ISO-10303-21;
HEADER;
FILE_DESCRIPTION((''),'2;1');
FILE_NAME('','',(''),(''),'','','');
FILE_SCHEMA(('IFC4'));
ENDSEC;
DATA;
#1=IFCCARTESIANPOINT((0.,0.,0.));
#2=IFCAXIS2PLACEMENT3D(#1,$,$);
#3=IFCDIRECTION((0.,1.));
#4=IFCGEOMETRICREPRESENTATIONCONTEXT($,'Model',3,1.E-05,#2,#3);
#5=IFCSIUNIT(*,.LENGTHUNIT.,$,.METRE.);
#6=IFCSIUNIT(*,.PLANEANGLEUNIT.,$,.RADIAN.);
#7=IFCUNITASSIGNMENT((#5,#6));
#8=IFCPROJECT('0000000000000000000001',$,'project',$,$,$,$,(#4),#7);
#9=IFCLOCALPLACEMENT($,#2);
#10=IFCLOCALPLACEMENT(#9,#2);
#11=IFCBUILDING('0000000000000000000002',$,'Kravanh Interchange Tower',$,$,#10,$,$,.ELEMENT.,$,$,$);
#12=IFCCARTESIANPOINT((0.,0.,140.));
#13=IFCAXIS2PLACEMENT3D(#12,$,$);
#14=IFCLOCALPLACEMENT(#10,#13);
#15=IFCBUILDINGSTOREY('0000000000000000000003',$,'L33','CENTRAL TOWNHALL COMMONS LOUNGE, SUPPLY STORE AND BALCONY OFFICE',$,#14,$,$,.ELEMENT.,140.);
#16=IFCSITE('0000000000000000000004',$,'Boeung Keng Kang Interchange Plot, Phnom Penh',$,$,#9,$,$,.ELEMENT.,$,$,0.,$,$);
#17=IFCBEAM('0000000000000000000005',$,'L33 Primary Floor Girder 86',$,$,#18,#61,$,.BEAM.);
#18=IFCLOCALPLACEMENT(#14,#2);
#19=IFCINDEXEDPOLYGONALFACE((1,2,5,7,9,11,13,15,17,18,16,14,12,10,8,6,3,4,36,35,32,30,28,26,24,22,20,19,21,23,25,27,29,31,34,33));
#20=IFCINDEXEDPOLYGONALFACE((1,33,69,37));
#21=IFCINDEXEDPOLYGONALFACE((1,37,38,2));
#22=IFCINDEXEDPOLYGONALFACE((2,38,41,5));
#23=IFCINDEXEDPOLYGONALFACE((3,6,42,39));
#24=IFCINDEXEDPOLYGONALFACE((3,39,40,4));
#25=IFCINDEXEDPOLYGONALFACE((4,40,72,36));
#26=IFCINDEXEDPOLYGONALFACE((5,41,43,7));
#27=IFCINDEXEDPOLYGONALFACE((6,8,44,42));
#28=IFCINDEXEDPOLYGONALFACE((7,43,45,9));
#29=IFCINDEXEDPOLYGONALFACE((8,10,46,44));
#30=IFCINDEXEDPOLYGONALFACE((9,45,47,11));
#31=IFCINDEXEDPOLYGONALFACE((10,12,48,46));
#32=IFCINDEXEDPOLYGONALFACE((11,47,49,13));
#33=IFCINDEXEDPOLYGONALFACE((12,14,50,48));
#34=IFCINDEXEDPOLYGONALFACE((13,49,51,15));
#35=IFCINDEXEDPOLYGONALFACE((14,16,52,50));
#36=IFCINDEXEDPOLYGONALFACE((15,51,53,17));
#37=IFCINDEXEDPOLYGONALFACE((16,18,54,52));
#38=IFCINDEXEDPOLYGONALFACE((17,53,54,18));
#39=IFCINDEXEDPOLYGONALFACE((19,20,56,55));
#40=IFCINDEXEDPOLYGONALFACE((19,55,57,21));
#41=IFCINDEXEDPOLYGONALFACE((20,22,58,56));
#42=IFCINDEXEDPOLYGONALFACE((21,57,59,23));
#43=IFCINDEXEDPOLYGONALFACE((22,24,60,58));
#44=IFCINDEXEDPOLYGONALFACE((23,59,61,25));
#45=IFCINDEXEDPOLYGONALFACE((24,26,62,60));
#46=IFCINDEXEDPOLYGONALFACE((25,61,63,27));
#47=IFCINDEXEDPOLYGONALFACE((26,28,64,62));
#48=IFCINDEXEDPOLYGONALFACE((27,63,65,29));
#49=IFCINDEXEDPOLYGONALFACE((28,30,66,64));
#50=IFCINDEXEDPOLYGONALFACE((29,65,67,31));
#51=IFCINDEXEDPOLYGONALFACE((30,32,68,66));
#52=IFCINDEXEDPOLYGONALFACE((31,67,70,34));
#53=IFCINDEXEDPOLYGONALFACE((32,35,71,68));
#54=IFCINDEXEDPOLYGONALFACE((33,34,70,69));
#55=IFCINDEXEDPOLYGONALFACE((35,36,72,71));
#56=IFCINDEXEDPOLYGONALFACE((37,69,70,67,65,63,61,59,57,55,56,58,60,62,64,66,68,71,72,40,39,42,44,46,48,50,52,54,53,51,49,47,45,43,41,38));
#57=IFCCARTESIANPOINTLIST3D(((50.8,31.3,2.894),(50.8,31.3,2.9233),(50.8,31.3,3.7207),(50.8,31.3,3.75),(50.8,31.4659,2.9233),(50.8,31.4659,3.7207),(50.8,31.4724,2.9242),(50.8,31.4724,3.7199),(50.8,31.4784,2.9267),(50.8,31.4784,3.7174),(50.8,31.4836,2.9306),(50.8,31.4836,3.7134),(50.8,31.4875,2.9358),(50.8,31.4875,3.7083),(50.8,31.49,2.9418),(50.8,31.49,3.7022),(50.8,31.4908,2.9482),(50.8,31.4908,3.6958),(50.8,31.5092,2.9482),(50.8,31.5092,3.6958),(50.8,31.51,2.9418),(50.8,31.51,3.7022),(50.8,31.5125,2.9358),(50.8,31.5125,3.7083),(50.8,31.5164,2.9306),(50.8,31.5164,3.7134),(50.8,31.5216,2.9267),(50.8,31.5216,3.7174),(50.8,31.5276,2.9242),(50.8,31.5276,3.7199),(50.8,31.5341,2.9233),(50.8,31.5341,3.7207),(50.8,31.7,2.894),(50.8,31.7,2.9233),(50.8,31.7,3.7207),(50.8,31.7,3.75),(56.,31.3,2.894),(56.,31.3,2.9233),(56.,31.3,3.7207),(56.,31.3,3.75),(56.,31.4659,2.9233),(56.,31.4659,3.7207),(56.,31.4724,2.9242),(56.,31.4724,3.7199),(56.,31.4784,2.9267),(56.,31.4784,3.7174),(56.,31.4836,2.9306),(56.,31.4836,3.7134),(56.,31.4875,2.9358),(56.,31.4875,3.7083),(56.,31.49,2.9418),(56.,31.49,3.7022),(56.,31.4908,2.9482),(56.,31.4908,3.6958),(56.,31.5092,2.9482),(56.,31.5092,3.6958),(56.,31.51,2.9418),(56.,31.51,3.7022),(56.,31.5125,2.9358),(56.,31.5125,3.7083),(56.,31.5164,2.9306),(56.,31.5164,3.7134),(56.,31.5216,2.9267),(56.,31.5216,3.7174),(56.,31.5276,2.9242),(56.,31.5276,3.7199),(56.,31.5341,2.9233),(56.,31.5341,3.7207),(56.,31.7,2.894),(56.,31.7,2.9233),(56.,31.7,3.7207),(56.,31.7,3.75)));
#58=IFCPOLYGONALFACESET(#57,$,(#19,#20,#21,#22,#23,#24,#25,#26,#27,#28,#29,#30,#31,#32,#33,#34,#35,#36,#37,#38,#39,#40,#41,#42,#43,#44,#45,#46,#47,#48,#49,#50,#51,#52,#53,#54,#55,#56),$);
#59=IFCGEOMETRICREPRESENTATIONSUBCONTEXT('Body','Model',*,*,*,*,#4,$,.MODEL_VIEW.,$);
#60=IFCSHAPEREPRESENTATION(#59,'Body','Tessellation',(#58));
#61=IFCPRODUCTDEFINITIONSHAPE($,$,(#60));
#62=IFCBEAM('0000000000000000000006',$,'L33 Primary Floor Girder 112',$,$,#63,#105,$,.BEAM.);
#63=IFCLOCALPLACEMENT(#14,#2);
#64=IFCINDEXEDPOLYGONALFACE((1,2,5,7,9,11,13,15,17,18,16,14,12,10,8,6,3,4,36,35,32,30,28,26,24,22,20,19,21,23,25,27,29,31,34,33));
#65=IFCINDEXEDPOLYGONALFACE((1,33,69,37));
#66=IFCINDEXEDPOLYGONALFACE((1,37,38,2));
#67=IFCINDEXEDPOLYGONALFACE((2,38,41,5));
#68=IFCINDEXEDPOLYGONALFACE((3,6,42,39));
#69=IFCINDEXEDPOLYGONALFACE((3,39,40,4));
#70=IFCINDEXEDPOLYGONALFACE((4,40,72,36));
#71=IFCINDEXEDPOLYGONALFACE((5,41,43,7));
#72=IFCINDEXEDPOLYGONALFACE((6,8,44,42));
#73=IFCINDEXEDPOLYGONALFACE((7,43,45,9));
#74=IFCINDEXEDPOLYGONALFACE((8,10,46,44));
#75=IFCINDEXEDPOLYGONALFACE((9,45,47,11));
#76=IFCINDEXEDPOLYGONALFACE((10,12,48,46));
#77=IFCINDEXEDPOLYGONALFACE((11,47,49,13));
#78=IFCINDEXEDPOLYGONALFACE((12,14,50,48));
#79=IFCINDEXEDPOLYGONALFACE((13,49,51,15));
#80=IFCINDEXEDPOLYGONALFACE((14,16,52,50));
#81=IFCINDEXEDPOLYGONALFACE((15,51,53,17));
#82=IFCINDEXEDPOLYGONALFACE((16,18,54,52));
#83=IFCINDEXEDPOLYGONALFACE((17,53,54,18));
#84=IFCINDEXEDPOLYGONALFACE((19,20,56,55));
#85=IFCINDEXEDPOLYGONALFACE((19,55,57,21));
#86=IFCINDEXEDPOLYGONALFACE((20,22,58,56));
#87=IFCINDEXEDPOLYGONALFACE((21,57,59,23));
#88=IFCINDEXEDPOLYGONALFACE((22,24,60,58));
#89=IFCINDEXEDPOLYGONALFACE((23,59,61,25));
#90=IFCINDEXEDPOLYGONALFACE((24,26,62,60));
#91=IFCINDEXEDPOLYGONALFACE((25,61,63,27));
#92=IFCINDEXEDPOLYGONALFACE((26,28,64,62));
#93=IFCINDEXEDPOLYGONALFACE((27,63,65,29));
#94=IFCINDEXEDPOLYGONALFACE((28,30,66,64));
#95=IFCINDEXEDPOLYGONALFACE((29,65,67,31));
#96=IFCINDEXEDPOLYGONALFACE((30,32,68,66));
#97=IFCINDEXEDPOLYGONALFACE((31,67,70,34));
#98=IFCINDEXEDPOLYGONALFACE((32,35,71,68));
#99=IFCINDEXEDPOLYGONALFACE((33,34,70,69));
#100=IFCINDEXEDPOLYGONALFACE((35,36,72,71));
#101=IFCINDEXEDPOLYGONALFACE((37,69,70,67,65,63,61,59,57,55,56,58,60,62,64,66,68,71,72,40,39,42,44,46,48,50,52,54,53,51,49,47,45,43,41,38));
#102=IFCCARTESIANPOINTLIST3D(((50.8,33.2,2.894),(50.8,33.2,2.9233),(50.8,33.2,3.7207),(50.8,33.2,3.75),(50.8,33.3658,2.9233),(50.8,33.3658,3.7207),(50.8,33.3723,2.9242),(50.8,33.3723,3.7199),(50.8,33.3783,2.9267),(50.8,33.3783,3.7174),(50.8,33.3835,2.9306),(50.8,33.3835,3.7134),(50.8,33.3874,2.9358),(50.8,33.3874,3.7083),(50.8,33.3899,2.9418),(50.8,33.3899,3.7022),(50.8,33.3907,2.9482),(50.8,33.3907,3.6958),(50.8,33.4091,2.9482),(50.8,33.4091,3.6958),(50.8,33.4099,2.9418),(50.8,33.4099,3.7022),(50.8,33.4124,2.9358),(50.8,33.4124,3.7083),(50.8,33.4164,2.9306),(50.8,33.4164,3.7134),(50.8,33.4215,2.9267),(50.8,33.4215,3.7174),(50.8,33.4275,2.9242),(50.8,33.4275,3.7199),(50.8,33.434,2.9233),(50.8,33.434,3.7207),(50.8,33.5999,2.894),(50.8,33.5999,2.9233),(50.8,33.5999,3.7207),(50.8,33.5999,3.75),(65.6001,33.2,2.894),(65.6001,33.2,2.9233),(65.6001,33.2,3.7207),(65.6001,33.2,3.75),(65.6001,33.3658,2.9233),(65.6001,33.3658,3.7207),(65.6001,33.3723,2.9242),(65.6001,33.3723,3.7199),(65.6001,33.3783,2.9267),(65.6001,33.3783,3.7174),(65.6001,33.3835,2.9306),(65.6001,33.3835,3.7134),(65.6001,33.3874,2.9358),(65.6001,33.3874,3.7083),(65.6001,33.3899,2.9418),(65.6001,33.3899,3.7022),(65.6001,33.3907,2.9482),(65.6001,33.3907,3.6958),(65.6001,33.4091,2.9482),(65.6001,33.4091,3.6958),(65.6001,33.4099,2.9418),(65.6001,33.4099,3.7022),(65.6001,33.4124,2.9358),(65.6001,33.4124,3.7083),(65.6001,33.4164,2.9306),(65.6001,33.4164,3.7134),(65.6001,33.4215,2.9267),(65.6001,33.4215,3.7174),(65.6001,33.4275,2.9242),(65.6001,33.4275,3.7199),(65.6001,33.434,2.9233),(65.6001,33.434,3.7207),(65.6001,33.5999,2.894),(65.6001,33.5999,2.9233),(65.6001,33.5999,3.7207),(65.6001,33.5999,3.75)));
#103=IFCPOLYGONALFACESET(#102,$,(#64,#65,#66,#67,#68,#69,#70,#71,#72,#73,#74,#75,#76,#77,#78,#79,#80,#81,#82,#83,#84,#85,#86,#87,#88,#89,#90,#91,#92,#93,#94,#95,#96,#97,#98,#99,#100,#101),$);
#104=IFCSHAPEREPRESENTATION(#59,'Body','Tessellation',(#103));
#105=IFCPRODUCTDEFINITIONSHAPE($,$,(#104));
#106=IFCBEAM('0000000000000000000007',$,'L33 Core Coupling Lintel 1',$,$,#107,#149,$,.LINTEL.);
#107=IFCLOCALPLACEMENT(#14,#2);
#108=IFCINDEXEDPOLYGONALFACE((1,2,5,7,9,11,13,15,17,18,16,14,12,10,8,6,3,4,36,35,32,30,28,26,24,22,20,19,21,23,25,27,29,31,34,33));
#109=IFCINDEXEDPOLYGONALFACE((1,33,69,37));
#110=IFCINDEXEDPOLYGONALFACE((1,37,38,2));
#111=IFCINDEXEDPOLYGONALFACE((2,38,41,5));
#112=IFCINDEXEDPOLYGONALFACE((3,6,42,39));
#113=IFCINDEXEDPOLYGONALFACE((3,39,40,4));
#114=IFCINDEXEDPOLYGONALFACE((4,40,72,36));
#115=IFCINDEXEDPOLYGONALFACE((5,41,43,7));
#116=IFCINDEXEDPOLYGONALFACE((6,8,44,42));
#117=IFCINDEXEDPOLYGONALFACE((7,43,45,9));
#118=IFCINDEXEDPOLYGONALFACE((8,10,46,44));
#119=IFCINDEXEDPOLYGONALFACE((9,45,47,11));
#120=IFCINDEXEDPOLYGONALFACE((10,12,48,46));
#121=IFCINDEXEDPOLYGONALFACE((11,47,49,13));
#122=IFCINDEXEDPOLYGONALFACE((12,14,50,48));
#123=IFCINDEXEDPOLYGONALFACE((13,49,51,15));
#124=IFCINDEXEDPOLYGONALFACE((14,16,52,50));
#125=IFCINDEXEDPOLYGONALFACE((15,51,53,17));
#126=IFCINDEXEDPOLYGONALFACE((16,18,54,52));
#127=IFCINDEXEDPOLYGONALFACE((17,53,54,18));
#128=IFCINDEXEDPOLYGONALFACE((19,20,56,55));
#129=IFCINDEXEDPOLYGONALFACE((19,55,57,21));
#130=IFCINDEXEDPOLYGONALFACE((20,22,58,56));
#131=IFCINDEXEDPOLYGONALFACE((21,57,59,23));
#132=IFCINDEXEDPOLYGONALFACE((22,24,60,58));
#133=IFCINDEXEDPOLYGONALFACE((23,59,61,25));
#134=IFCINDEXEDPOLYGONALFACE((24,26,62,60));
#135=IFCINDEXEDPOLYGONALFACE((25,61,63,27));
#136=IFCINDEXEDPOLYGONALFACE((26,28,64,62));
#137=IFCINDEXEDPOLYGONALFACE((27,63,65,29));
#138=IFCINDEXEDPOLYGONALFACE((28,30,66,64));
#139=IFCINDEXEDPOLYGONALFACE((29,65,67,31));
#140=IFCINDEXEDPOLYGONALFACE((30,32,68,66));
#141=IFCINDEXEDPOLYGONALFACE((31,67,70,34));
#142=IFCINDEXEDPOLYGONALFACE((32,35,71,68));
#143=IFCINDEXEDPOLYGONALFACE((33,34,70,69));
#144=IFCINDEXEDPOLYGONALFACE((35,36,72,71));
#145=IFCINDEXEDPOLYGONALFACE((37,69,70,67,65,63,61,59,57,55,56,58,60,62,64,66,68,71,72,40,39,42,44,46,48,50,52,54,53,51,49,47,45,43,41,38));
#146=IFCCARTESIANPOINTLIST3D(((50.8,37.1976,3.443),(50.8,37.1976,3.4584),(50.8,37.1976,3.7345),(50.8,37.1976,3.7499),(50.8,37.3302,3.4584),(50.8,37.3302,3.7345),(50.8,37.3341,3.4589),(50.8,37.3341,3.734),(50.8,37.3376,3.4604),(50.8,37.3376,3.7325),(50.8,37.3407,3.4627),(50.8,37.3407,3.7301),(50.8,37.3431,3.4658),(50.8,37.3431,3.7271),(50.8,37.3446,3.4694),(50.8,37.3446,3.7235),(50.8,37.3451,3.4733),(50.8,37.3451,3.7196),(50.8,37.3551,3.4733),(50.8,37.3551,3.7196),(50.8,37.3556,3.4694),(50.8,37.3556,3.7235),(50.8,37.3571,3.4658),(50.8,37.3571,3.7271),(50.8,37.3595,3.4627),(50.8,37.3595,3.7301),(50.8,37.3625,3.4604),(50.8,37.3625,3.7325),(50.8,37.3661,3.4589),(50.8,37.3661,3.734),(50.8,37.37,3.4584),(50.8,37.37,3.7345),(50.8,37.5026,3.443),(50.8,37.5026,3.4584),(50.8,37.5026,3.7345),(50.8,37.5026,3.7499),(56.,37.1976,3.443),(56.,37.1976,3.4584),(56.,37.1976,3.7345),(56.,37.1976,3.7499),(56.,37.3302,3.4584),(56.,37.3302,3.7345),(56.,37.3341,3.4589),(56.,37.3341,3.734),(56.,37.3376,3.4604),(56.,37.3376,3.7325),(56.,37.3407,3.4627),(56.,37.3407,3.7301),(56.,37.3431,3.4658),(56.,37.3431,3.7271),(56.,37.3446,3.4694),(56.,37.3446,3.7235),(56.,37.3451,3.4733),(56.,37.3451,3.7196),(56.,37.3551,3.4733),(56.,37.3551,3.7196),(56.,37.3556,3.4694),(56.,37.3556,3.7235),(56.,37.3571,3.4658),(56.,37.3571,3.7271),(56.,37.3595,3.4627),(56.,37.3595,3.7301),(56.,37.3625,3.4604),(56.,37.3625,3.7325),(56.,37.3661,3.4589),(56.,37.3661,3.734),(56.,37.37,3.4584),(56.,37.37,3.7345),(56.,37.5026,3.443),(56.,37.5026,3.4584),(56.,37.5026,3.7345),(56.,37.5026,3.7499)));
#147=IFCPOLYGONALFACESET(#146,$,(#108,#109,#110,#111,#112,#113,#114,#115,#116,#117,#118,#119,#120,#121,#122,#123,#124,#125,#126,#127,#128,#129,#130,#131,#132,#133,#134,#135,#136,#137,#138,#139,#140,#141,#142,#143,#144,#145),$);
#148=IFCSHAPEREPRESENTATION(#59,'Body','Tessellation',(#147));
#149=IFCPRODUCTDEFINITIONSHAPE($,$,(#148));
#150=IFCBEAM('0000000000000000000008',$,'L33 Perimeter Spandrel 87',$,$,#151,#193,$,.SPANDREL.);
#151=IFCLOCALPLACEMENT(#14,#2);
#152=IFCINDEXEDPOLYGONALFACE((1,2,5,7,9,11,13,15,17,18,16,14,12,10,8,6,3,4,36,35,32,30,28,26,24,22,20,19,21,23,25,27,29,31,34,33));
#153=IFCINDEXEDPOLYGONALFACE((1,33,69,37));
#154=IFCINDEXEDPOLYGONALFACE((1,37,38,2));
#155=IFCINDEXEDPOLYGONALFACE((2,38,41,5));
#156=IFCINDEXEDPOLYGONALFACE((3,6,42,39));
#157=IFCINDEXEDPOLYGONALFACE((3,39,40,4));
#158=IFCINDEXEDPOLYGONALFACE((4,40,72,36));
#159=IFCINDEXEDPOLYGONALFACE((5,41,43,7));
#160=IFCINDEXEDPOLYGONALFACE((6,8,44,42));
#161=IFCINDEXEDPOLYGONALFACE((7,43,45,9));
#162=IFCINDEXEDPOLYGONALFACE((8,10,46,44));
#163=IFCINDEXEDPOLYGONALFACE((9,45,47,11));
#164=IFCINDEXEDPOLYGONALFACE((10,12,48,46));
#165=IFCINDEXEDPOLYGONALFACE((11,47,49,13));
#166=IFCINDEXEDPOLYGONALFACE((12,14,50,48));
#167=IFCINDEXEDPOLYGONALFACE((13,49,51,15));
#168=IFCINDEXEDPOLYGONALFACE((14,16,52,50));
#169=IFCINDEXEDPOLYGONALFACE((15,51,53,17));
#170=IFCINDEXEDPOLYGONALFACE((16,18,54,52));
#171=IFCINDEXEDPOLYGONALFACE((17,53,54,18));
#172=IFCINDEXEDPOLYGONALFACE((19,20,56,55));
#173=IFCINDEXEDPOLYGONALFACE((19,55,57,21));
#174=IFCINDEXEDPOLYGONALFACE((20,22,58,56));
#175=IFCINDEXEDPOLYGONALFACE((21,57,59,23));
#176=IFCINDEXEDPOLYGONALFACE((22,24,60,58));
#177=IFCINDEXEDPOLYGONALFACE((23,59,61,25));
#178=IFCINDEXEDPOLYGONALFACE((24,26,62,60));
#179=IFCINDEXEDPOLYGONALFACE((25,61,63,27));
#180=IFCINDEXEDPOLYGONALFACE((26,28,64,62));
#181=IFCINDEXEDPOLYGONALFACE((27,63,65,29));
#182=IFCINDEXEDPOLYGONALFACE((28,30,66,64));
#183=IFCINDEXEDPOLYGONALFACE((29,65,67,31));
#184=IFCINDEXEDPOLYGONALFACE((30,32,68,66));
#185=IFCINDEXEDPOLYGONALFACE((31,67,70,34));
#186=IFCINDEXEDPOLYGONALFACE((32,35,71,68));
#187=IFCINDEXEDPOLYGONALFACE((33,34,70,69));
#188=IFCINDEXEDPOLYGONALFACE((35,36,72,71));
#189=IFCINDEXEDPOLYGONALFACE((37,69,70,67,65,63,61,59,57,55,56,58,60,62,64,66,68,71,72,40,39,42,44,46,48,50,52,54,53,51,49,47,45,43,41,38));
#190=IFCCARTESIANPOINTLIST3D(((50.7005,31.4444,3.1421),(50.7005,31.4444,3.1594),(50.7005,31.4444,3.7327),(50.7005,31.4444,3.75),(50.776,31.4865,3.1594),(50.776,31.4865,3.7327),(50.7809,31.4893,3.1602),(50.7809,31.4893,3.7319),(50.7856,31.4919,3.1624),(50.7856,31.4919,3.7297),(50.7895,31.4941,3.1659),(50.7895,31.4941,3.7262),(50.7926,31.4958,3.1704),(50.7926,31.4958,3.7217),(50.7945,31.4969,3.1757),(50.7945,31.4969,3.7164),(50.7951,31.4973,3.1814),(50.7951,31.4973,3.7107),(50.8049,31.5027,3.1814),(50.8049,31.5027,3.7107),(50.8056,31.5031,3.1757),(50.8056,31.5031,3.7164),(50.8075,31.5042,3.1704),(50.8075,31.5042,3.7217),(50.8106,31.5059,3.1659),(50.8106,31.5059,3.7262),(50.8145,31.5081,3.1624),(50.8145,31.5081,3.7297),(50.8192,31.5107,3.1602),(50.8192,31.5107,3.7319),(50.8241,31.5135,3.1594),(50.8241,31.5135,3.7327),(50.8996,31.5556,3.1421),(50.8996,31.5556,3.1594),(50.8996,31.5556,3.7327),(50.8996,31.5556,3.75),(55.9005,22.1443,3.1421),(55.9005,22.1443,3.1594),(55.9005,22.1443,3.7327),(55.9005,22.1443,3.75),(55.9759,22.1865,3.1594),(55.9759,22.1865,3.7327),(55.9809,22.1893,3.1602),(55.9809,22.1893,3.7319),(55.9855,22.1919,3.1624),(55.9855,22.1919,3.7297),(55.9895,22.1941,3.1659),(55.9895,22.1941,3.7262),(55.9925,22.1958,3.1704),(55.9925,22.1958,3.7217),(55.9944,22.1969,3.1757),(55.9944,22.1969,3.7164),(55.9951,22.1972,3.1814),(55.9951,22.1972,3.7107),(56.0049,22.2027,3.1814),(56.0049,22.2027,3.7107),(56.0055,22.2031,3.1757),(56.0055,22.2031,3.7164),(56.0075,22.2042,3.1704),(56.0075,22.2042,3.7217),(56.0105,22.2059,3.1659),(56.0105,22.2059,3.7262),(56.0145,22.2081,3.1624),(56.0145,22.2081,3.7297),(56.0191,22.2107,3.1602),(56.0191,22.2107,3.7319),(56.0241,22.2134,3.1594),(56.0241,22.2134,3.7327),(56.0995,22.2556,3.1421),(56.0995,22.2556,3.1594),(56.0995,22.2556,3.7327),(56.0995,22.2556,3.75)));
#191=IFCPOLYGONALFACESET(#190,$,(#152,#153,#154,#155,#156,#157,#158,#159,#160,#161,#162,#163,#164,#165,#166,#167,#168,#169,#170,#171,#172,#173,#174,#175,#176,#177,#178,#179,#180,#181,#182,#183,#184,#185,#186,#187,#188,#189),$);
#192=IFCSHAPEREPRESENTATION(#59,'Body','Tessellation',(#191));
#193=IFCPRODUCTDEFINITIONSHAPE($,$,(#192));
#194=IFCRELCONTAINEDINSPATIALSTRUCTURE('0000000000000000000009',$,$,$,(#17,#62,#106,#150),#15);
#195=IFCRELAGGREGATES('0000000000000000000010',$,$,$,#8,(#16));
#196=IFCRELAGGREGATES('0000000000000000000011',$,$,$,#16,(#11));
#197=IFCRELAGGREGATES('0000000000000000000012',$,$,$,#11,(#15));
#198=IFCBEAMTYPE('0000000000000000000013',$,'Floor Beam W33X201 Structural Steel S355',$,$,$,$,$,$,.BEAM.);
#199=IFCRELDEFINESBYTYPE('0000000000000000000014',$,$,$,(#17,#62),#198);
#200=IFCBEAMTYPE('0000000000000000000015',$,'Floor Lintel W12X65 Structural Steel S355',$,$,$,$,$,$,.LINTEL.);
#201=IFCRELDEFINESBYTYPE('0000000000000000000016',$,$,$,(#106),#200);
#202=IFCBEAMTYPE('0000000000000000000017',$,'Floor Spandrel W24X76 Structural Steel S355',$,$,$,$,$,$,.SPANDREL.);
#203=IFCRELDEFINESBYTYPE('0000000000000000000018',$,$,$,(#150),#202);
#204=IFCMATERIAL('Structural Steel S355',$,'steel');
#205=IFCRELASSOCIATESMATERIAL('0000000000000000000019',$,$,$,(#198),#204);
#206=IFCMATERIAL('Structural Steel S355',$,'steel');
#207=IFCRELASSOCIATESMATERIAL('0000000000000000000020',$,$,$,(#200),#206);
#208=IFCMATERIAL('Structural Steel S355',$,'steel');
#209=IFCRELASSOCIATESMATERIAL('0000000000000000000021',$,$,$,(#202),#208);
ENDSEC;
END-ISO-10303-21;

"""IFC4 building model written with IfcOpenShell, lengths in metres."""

from ifc_helpers import new_model, si_unit, direction, frame, origin, origin_2d, place, context, subcontext, project, spatial, i_section, extrude, material, material_profile, profile_set, type_object, element, save


model = new_model("IFC4")

# Units and contexts
model_context = context("Model", 3, precision=1e-05, world=origin(), true_north=direction((0.0, 1.0)))
body_context = subcontext(model_context, "Body", "Model", "MODEL_VIEW")
ifc_project = project(units=[si_unit("LENGTHUNIT", "METRE"), si_unit("PLANEANGLEUNIT", "RADIAN")], contexts=[model_context])

# Site, building, storey
site_placement = place(None, origin())
site = spatial("IfcSite", under=ifc_project, at=site_placement, Name="Boeung Keng Kang Interchange Plot, Phnom Penh", CompositionType="ELEMENT", RefElevation=0.0)
building_placement = place(site_placement, origin())
building = spatial("IfcBuilding", under=site, at=building_placement, Name="Kravanh Interchange Tower", CompositionType="ELEMENT")
storey_placement = place(building_placement, frame((0.0, 0.0, 140.0)))
storey = spatial("IfcBuildingStorey", under=building, at=storey_placement, Name="L33", Description="CENTRAL TOWNHALL COMMONS LOUNGE, SUPPLY STORE AND BALCONY OFFICE", CompositionType="ELEMENT", Elevation=140.0)

# Beams
ifc_material_1 = material(Name="Structural Steel S355", Category="steel")
ifc_material_profile_1 = material_profile(ifc_material_1, i_section(OverallWidth=0.3999, OverallDepth=0.856, WebThickness=0.0183, FlangeThickness=0.0293, FilletRadius=0.0249, at=origin_2d()), Name="W33X201")
ifc_profile_set_1 = profile_set([ifc_material_profile_1], Name="Structural Steel S355")
beam_type_1 = type_object("IfcBeamType", Name="Floor Beam W33X201 Structural Steel S355", PredefinedType="BEAM", material=ifc_profile_set_1)
beam_1_placement = place(storey_placement, frame((50.8, 31.5, 3.322), z_axis=(1.0, 0.0, 0.0), x_axis=(0.0, 1.0, 0.0)))
element("IfcBeam", 1, at=beam_1_placement, inside=storey, type_object=beam_type_1, Name="L33 Primary Floor Girder 86", PredefinedType="BEAM", context=body_context, shape_type="SweptSolid", body=[
    extrude(i_section(OverallWidth=0.3999, OverallDepth=0.856, WebThickness=0.0183, FlangeThickness=0.0293, FilletRadius=0.0249, at=origin_2d()), origin(), (0.0, 0.0, 1.0), 5.2),
])
beam_2_placement = place(storey_placement, frame((50.8, 33.3999, 3.322), z_axis=(1.0, 0.0, 0.0), x_axis=(0.0, 1.0, 0.0)))
element("IfcBeam", 2, at=beam_2_placement, inside=storey, type_object=beam_type_1, Name="L33 Primary Floor Girder 112", PredefinedType="BEAM", context=body_context, shape_type="SweptSolid", body=[
    extrude(i_section(OverallWidth=0.3999, OverallDepth=0.856, WebThickness=0.0183, FlangeThickness=0.0293, FilletRadius=0.0249, at=origin_2d()), origin(), (0.0, 0.0, 1.0), 14.8),
])
ifc_material_2 = material(Name="Structural Steel S355", Category="steel")
ifc_material_profile_2 = material_profile(ifc_material_2, i_section(OverallWidth=0.3049, OverallDepth=0.3069, WebThickness=0.01, FlangeThickness=0.0154, FilletRadius=0.0149, at=origin_2d()), Name="W12X65")
ifc_profile_set_2 = profile_set([ifc_material_profile_2], Name="Structural Steel S355")
beam_type_2 = type_object("IfcBeamType", Name="Floor Lintel W12X65 Structural Steel S355", PredefinedType="LINTEL", material=ifc_profile_set_2)
beam_3_placement = place(storey_placement, frame((50.8, 37.3501, 3.5964), z_axis=(1.0, 0.0, 0.0), x_axis=(0.0, 1.0, 0.0)))
element("IfcBeam", 3, at=beam_3_placement, inside=storey, type_object=beam_type_2, Name="L33 Core Coupling Lintel 1", PredefinedType="LINTEL", context=body_context, shape_type="SweptSolid", body=[
    extrude(i_section(OverallWidth=0.3049, OverallDepth=0.3069, WebThickness=0.01, FlangeThickness=0.0154, FilletRadius=0.0149, at=origin_2d()), origin(), (0.0, 0.0, 1.0), 5.2),
])
ifc_material_3 = material(Name="Structural Steel S355", Category="steel")
ifc_material_profile_3 = material_profile(ifc_material_3, i_section(OverallWidth=0.228, OverallDepth=0.6079, WebThickness=0.0112, FlangeThickness=0.0173, FilletRadius=0.022, at=origin_2d()), Name="W24X76")
ifc_profile_set_3 = profile_set([ifc_material_profile_3], Name="Structural Steel S355")
beam_type_3 = type_object("IfcBeamType", Name="Floor Spandrel W24X76 Structural Steel S355", PredefinedType="SPANDREL", material=ifc_profile_set_3)
beam_4_placement = place(storey_placement, frame((50.8, 31.5, 3.446), z_axis=(0.488026, -0.872829, 0.0), x_axis=(0.872829, 0.488026, 0.0)))
element("IfcBeam", 4, at=beam_4_placement, inside=storey, type_object=beam_type_3, Name="L33 Perimeter Spandrel 87", PredefinedType="SPANDREL", context=body_context, shape_type="SweptSolid", body=[
    extrude(i_section(OverallWidth=0.228, OverallDepth=0.6079, WebThickness=0.0112, FlangeThickness=0.0173, FilletRadius=0.022, at=origin_2d()), origin(), (0.0, 0.0, 1.0), 10.655),
])

save(model, "model.ifc")
